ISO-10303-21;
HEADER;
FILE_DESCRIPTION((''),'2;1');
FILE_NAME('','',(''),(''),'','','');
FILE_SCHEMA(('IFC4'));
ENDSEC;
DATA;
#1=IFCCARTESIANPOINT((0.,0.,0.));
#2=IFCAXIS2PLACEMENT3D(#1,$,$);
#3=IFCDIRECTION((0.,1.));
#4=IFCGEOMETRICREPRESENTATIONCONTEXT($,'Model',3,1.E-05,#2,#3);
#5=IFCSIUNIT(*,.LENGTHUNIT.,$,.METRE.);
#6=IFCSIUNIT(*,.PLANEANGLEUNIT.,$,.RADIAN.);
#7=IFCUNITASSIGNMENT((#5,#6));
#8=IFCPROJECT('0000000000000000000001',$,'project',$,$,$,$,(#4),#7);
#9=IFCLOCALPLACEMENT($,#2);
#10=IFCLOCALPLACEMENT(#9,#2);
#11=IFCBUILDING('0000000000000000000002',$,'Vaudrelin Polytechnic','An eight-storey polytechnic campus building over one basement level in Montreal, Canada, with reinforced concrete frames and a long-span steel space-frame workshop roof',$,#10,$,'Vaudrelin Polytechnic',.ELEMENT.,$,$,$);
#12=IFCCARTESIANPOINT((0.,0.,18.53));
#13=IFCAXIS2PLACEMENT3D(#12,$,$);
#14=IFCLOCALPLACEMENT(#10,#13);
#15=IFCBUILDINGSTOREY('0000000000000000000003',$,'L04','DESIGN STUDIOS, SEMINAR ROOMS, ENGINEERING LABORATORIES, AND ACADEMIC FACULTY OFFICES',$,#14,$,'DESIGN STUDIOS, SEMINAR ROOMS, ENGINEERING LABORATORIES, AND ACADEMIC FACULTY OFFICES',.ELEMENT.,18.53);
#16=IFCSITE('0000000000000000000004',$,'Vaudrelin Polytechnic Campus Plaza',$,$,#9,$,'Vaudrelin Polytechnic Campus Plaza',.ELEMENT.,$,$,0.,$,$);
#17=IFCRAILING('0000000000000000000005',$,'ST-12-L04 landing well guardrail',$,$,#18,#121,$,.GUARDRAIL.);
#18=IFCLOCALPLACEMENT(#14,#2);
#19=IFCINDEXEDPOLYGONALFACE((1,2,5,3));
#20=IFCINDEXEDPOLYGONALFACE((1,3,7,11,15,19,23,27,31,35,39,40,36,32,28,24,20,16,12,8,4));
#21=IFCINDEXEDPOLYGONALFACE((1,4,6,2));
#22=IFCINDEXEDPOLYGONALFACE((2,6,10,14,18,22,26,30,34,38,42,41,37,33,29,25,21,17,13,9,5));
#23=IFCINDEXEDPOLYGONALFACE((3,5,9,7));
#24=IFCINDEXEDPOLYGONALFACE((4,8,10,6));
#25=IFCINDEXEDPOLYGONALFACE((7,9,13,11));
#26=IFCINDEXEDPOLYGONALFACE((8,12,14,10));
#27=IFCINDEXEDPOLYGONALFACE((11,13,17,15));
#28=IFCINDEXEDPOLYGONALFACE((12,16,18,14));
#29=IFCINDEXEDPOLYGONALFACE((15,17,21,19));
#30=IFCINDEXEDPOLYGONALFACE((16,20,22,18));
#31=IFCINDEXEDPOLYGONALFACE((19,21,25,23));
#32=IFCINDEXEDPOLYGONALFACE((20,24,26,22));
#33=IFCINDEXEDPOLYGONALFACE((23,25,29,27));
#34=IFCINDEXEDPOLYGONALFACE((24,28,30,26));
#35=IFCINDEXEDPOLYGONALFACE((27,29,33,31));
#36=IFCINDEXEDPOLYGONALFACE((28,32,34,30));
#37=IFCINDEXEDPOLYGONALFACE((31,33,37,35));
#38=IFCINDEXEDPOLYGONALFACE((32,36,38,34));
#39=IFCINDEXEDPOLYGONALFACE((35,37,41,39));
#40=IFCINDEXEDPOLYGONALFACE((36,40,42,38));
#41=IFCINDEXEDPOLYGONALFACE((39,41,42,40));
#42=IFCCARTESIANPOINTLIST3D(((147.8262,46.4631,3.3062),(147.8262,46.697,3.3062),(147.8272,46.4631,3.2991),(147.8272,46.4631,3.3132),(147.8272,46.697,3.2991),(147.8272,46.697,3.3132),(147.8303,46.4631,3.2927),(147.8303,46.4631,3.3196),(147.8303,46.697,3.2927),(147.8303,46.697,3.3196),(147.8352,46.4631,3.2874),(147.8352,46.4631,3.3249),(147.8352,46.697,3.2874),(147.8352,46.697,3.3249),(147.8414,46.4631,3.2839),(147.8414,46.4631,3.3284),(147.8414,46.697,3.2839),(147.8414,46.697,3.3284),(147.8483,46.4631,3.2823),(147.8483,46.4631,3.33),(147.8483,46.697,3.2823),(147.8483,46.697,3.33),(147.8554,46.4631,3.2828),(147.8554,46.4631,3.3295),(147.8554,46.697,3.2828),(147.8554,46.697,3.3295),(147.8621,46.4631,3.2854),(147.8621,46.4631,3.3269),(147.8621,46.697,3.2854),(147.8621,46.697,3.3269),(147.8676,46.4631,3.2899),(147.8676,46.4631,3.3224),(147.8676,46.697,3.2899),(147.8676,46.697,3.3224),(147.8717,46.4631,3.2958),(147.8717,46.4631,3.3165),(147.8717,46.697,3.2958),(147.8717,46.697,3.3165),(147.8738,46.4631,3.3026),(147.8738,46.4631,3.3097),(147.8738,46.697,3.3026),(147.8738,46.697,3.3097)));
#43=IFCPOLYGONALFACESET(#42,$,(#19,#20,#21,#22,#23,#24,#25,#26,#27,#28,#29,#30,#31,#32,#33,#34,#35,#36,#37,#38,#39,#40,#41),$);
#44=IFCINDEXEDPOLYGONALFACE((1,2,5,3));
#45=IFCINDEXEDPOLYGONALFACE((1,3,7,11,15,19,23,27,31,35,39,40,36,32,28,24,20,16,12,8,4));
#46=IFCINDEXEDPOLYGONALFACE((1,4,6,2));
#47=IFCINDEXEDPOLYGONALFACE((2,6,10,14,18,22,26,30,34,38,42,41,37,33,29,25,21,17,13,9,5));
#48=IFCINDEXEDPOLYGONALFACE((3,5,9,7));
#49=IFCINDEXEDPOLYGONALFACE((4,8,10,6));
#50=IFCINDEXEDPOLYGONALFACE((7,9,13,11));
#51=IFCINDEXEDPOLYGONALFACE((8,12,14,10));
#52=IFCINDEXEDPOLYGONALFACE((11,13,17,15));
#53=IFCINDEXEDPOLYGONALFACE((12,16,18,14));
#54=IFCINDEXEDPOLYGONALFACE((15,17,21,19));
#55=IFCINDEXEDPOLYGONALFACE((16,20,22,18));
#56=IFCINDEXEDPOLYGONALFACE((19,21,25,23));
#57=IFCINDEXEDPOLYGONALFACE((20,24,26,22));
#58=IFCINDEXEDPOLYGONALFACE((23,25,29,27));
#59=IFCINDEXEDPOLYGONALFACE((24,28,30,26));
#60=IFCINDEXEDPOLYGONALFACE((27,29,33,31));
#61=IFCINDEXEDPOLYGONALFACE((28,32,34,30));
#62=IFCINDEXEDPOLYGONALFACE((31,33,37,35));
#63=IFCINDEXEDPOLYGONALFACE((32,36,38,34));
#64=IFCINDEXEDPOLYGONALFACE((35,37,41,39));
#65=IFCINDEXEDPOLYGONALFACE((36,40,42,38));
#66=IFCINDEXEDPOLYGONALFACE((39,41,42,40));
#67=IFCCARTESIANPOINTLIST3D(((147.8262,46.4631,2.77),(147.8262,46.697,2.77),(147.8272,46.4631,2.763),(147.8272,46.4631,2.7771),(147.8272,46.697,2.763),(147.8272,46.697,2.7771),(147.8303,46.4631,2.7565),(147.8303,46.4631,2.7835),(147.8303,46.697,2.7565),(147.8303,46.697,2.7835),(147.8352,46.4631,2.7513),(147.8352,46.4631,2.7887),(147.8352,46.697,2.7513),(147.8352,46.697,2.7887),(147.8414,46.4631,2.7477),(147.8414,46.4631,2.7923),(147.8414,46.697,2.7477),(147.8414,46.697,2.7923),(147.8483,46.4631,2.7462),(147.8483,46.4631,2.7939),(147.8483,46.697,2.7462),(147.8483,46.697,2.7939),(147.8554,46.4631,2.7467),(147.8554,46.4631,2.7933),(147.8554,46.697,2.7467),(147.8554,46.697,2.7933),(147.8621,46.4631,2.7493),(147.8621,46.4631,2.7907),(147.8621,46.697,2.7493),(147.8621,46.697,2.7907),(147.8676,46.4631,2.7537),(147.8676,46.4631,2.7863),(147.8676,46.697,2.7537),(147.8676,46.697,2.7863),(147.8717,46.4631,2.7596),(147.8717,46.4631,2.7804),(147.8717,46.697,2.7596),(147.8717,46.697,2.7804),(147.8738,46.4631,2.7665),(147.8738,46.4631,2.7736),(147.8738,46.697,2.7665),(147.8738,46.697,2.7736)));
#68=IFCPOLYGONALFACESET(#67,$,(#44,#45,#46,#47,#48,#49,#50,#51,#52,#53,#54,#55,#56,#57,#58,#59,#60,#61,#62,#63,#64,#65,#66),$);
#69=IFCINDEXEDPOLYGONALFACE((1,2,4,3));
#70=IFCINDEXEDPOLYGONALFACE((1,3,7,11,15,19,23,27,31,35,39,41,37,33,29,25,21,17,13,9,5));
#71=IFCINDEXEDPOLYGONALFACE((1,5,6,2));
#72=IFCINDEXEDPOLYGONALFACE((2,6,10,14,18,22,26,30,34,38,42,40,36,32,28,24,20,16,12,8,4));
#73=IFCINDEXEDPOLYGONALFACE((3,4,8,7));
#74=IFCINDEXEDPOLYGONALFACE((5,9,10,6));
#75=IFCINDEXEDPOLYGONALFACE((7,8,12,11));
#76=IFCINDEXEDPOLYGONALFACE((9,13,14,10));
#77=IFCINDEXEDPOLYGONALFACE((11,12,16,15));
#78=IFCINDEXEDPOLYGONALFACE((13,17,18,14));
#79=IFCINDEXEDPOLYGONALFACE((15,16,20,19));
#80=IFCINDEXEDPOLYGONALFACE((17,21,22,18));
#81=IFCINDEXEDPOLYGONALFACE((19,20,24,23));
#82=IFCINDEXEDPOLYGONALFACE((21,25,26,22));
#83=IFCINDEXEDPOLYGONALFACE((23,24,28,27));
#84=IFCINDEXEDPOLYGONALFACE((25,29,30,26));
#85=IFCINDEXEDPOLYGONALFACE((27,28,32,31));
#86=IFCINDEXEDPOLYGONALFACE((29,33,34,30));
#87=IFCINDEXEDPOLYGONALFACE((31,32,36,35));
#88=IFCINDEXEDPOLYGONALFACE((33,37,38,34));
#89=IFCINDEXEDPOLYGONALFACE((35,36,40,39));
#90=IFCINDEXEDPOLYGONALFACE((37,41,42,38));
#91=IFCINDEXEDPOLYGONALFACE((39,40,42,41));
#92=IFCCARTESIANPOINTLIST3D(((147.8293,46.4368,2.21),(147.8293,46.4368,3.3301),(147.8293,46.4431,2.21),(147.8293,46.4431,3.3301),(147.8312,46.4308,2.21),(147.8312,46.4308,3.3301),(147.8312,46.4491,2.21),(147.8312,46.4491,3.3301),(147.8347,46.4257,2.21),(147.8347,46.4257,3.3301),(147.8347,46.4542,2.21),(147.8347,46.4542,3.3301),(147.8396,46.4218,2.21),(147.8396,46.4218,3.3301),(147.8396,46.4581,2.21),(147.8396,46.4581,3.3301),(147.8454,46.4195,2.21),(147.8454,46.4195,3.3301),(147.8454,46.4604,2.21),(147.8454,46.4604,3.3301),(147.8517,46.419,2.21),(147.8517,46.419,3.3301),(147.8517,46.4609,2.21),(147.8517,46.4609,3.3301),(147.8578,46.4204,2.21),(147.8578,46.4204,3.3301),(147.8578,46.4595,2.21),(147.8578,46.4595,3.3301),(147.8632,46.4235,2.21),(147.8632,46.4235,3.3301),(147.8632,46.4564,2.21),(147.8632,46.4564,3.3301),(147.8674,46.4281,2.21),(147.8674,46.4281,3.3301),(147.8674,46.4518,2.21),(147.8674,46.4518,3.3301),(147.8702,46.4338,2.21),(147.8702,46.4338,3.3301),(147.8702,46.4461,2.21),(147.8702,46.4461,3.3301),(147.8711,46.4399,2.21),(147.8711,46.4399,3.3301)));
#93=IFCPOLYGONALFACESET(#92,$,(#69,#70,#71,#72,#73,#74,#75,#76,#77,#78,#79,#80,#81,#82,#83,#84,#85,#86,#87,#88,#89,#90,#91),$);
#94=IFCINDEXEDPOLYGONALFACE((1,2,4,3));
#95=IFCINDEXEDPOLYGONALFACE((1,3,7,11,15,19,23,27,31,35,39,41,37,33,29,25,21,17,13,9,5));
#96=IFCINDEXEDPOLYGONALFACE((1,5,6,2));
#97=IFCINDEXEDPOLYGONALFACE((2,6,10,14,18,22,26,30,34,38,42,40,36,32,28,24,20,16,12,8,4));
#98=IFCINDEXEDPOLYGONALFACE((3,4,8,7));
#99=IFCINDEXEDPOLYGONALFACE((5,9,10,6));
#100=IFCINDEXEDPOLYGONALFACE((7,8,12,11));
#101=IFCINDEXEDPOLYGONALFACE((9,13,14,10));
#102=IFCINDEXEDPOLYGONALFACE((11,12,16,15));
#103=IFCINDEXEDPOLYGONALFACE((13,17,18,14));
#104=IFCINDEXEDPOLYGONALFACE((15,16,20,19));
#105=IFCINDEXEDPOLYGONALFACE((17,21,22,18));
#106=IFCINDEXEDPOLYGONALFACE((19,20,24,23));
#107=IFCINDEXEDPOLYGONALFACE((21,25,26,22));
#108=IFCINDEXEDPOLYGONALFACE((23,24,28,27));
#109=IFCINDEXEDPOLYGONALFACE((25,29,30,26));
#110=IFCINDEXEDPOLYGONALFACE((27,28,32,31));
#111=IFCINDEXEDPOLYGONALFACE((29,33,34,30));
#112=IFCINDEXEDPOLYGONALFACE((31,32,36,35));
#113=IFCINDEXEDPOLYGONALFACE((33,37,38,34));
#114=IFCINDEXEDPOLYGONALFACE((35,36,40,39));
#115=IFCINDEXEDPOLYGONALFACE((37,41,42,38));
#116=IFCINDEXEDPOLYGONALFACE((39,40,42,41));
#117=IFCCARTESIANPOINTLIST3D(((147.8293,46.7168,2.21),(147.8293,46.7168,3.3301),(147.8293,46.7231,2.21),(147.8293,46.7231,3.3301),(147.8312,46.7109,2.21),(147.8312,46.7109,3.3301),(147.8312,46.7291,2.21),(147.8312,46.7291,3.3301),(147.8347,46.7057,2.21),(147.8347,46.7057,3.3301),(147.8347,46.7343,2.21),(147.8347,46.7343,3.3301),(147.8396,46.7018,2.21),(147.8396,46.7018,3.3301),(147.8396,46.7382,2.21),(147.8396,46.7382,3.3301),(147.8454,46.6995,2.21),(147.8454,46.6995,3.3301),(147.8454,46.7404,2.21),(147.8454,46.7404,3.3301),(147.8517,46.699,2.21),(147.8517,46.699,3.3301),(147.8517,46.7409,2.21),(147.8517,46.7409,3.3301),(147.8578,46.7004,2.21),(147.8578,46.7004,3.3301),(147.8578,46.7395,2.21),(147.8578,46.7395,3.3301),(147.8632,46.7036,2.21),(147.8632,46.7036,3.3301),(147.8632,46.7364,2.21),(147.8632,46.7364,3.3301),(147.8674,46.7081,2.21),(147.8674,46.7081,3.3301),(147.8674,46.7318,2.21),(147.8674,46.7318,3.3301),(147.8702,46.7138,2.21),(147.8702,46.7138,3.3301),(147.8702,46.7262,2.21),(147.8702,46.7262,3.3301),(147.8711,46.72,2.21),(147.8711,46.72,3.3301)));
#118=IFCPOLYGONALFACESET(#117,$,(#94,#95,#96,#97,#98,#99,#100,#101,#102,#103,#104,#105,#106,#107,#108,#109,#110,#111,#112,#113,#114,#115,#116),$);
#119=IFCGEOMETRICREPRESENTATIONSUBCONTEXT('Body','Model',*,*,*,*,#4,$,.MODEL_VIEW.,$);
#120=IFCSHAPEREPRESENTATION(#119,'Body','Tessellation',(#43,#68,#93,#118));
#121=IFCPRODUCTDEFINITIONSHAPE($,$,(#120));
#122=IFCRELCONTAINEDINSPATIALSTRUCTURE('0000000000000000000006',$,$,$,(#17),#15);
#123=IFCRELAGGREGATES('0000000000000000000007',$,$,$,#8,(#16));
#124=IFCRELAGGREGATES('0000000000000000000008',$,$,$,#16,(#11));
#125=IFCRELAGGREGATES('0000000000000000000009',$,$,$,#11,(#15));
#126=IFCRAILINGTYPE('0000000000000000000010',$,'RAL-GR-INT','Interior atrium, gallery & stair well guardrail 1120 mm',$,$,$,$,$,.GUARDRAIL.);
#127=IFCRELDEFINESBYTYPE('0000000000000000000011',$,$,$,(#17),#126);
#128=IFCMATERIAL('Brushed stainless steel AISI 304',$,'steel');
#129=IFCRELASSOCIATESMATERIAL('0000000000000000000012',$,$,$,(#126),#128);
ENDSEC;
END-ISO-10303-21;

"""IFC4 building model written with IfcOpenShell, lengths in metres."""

from ifc_helpers import new_model, si_unit, direction, frame, origin, origin_2d, place, context, subcontext, project, spatial, circle, extrude, material, type_object, element, save


model = new_model("IFC4")

# Units and contexts
model_context = context("Model", 3, precision=1e-05, world=origin(), true_north=direction((0.0, 1.0)))
body_context = subcontext(model_context, "Body", "Model", "MODEL_VIEW")
ifc_project = project(units=[si_unit("LENGTHUNIT", "METRE"), si_unit("PLANEANGLEUNIT", "RADIAN")], contexts=[model_context])

# Site, building, storey
site_placement = place(None, origin())
site = spatial("IfcSite", under=ifc_project, at=site_placement, Name="Vaudrelin Polytechnic Campus Plaza", LongName="Vaudrelin Polytechnic Campus Plaza", CompositionType="ELEMENT", RefElevation=0.0)
building_placement = place(site_placement, origin())
building = spatial("IfcBuilding", under=site, at=building_placement, Name="Vaudrelin Polytechnic", Description="An eight-storey polytechnic campus building over one basement level in Montreal, Canada, with reinforced concrete frames and a long-span steel space-frame workshop roof", LongName="Vaudrelin Polytechnic", CompositionType="ELEMENT")
storey_placement = place(building_placement, frame((0.0, 0.0, 18.53)))
storey = spatial("IfcBuildingStorey", under=building, at=storey_placement, Name="L04", Description="DESIGN STUDIOS, SEMINAR ROOMS, ENGINEERING LABORATORIES, AND ACADEMIC FACULTY OFFICES", LongName="DESIGN STUDIOS, SEMINAR ROOMS, ENGINEERING LABORATORIES, AND ACADEMIC FACULTY OFFICES", CompositionType="ELEMENT", Elevation=18.53)

# Railing
ifc_material_1 = material(Name="Brushed stainless steel AISI 304", Category="steel")
railing_type_1 = type_object("IfcRailingType", Name="RAL-GR-INT", Description="Interior atrium, gallery & stair well guardrail 1120 mm", PredefinedType="GUARDRAIL", material=ifc_material_1)
railing_1_placement = place(storey_placement, frame((147.8501, 46.4399, 2.21)))
element("IfcRailing", 1, at=railing_1_placement, inside=storey, type_object=railing_type_1, Name="ST-12-L04 landing well guardrail", PredefinedType="GUARDRAIL", context=body_context, shape_type="SweptSolid", body=[
    extrude(circle(Radius=0.0239, at=origin_2d()), frame((0.0, 0.0232, 1.0962), z_axis=(0.0, 1.0, 0.0), x_axis=(-1.0, 0.0, 0.0)), (0.0, 0.0, 1.0), 0.2339),
    extrude(circle(Radius=0.0239, at=origin_2d()), frame((0.0, 0.0232, 0.5601), z_axis=(0.0, 1.0, 0.0), x_axis=(-1.0, 0.0, 0.0)), (0.0, 0.0, 1.0), 0.2339),
    extrude(circle(Radius=0.021, at=origin_2d()), origin(), (0.0, 0.0, 1.0), 1.1201),
    extrude(circle(Radius=0.021, at=origin_2d()), frame((0.0, 0.28, 0.0)), (0.0, 0.0, 1.0), 1.1201),
])

save(model, "model.ifc")
